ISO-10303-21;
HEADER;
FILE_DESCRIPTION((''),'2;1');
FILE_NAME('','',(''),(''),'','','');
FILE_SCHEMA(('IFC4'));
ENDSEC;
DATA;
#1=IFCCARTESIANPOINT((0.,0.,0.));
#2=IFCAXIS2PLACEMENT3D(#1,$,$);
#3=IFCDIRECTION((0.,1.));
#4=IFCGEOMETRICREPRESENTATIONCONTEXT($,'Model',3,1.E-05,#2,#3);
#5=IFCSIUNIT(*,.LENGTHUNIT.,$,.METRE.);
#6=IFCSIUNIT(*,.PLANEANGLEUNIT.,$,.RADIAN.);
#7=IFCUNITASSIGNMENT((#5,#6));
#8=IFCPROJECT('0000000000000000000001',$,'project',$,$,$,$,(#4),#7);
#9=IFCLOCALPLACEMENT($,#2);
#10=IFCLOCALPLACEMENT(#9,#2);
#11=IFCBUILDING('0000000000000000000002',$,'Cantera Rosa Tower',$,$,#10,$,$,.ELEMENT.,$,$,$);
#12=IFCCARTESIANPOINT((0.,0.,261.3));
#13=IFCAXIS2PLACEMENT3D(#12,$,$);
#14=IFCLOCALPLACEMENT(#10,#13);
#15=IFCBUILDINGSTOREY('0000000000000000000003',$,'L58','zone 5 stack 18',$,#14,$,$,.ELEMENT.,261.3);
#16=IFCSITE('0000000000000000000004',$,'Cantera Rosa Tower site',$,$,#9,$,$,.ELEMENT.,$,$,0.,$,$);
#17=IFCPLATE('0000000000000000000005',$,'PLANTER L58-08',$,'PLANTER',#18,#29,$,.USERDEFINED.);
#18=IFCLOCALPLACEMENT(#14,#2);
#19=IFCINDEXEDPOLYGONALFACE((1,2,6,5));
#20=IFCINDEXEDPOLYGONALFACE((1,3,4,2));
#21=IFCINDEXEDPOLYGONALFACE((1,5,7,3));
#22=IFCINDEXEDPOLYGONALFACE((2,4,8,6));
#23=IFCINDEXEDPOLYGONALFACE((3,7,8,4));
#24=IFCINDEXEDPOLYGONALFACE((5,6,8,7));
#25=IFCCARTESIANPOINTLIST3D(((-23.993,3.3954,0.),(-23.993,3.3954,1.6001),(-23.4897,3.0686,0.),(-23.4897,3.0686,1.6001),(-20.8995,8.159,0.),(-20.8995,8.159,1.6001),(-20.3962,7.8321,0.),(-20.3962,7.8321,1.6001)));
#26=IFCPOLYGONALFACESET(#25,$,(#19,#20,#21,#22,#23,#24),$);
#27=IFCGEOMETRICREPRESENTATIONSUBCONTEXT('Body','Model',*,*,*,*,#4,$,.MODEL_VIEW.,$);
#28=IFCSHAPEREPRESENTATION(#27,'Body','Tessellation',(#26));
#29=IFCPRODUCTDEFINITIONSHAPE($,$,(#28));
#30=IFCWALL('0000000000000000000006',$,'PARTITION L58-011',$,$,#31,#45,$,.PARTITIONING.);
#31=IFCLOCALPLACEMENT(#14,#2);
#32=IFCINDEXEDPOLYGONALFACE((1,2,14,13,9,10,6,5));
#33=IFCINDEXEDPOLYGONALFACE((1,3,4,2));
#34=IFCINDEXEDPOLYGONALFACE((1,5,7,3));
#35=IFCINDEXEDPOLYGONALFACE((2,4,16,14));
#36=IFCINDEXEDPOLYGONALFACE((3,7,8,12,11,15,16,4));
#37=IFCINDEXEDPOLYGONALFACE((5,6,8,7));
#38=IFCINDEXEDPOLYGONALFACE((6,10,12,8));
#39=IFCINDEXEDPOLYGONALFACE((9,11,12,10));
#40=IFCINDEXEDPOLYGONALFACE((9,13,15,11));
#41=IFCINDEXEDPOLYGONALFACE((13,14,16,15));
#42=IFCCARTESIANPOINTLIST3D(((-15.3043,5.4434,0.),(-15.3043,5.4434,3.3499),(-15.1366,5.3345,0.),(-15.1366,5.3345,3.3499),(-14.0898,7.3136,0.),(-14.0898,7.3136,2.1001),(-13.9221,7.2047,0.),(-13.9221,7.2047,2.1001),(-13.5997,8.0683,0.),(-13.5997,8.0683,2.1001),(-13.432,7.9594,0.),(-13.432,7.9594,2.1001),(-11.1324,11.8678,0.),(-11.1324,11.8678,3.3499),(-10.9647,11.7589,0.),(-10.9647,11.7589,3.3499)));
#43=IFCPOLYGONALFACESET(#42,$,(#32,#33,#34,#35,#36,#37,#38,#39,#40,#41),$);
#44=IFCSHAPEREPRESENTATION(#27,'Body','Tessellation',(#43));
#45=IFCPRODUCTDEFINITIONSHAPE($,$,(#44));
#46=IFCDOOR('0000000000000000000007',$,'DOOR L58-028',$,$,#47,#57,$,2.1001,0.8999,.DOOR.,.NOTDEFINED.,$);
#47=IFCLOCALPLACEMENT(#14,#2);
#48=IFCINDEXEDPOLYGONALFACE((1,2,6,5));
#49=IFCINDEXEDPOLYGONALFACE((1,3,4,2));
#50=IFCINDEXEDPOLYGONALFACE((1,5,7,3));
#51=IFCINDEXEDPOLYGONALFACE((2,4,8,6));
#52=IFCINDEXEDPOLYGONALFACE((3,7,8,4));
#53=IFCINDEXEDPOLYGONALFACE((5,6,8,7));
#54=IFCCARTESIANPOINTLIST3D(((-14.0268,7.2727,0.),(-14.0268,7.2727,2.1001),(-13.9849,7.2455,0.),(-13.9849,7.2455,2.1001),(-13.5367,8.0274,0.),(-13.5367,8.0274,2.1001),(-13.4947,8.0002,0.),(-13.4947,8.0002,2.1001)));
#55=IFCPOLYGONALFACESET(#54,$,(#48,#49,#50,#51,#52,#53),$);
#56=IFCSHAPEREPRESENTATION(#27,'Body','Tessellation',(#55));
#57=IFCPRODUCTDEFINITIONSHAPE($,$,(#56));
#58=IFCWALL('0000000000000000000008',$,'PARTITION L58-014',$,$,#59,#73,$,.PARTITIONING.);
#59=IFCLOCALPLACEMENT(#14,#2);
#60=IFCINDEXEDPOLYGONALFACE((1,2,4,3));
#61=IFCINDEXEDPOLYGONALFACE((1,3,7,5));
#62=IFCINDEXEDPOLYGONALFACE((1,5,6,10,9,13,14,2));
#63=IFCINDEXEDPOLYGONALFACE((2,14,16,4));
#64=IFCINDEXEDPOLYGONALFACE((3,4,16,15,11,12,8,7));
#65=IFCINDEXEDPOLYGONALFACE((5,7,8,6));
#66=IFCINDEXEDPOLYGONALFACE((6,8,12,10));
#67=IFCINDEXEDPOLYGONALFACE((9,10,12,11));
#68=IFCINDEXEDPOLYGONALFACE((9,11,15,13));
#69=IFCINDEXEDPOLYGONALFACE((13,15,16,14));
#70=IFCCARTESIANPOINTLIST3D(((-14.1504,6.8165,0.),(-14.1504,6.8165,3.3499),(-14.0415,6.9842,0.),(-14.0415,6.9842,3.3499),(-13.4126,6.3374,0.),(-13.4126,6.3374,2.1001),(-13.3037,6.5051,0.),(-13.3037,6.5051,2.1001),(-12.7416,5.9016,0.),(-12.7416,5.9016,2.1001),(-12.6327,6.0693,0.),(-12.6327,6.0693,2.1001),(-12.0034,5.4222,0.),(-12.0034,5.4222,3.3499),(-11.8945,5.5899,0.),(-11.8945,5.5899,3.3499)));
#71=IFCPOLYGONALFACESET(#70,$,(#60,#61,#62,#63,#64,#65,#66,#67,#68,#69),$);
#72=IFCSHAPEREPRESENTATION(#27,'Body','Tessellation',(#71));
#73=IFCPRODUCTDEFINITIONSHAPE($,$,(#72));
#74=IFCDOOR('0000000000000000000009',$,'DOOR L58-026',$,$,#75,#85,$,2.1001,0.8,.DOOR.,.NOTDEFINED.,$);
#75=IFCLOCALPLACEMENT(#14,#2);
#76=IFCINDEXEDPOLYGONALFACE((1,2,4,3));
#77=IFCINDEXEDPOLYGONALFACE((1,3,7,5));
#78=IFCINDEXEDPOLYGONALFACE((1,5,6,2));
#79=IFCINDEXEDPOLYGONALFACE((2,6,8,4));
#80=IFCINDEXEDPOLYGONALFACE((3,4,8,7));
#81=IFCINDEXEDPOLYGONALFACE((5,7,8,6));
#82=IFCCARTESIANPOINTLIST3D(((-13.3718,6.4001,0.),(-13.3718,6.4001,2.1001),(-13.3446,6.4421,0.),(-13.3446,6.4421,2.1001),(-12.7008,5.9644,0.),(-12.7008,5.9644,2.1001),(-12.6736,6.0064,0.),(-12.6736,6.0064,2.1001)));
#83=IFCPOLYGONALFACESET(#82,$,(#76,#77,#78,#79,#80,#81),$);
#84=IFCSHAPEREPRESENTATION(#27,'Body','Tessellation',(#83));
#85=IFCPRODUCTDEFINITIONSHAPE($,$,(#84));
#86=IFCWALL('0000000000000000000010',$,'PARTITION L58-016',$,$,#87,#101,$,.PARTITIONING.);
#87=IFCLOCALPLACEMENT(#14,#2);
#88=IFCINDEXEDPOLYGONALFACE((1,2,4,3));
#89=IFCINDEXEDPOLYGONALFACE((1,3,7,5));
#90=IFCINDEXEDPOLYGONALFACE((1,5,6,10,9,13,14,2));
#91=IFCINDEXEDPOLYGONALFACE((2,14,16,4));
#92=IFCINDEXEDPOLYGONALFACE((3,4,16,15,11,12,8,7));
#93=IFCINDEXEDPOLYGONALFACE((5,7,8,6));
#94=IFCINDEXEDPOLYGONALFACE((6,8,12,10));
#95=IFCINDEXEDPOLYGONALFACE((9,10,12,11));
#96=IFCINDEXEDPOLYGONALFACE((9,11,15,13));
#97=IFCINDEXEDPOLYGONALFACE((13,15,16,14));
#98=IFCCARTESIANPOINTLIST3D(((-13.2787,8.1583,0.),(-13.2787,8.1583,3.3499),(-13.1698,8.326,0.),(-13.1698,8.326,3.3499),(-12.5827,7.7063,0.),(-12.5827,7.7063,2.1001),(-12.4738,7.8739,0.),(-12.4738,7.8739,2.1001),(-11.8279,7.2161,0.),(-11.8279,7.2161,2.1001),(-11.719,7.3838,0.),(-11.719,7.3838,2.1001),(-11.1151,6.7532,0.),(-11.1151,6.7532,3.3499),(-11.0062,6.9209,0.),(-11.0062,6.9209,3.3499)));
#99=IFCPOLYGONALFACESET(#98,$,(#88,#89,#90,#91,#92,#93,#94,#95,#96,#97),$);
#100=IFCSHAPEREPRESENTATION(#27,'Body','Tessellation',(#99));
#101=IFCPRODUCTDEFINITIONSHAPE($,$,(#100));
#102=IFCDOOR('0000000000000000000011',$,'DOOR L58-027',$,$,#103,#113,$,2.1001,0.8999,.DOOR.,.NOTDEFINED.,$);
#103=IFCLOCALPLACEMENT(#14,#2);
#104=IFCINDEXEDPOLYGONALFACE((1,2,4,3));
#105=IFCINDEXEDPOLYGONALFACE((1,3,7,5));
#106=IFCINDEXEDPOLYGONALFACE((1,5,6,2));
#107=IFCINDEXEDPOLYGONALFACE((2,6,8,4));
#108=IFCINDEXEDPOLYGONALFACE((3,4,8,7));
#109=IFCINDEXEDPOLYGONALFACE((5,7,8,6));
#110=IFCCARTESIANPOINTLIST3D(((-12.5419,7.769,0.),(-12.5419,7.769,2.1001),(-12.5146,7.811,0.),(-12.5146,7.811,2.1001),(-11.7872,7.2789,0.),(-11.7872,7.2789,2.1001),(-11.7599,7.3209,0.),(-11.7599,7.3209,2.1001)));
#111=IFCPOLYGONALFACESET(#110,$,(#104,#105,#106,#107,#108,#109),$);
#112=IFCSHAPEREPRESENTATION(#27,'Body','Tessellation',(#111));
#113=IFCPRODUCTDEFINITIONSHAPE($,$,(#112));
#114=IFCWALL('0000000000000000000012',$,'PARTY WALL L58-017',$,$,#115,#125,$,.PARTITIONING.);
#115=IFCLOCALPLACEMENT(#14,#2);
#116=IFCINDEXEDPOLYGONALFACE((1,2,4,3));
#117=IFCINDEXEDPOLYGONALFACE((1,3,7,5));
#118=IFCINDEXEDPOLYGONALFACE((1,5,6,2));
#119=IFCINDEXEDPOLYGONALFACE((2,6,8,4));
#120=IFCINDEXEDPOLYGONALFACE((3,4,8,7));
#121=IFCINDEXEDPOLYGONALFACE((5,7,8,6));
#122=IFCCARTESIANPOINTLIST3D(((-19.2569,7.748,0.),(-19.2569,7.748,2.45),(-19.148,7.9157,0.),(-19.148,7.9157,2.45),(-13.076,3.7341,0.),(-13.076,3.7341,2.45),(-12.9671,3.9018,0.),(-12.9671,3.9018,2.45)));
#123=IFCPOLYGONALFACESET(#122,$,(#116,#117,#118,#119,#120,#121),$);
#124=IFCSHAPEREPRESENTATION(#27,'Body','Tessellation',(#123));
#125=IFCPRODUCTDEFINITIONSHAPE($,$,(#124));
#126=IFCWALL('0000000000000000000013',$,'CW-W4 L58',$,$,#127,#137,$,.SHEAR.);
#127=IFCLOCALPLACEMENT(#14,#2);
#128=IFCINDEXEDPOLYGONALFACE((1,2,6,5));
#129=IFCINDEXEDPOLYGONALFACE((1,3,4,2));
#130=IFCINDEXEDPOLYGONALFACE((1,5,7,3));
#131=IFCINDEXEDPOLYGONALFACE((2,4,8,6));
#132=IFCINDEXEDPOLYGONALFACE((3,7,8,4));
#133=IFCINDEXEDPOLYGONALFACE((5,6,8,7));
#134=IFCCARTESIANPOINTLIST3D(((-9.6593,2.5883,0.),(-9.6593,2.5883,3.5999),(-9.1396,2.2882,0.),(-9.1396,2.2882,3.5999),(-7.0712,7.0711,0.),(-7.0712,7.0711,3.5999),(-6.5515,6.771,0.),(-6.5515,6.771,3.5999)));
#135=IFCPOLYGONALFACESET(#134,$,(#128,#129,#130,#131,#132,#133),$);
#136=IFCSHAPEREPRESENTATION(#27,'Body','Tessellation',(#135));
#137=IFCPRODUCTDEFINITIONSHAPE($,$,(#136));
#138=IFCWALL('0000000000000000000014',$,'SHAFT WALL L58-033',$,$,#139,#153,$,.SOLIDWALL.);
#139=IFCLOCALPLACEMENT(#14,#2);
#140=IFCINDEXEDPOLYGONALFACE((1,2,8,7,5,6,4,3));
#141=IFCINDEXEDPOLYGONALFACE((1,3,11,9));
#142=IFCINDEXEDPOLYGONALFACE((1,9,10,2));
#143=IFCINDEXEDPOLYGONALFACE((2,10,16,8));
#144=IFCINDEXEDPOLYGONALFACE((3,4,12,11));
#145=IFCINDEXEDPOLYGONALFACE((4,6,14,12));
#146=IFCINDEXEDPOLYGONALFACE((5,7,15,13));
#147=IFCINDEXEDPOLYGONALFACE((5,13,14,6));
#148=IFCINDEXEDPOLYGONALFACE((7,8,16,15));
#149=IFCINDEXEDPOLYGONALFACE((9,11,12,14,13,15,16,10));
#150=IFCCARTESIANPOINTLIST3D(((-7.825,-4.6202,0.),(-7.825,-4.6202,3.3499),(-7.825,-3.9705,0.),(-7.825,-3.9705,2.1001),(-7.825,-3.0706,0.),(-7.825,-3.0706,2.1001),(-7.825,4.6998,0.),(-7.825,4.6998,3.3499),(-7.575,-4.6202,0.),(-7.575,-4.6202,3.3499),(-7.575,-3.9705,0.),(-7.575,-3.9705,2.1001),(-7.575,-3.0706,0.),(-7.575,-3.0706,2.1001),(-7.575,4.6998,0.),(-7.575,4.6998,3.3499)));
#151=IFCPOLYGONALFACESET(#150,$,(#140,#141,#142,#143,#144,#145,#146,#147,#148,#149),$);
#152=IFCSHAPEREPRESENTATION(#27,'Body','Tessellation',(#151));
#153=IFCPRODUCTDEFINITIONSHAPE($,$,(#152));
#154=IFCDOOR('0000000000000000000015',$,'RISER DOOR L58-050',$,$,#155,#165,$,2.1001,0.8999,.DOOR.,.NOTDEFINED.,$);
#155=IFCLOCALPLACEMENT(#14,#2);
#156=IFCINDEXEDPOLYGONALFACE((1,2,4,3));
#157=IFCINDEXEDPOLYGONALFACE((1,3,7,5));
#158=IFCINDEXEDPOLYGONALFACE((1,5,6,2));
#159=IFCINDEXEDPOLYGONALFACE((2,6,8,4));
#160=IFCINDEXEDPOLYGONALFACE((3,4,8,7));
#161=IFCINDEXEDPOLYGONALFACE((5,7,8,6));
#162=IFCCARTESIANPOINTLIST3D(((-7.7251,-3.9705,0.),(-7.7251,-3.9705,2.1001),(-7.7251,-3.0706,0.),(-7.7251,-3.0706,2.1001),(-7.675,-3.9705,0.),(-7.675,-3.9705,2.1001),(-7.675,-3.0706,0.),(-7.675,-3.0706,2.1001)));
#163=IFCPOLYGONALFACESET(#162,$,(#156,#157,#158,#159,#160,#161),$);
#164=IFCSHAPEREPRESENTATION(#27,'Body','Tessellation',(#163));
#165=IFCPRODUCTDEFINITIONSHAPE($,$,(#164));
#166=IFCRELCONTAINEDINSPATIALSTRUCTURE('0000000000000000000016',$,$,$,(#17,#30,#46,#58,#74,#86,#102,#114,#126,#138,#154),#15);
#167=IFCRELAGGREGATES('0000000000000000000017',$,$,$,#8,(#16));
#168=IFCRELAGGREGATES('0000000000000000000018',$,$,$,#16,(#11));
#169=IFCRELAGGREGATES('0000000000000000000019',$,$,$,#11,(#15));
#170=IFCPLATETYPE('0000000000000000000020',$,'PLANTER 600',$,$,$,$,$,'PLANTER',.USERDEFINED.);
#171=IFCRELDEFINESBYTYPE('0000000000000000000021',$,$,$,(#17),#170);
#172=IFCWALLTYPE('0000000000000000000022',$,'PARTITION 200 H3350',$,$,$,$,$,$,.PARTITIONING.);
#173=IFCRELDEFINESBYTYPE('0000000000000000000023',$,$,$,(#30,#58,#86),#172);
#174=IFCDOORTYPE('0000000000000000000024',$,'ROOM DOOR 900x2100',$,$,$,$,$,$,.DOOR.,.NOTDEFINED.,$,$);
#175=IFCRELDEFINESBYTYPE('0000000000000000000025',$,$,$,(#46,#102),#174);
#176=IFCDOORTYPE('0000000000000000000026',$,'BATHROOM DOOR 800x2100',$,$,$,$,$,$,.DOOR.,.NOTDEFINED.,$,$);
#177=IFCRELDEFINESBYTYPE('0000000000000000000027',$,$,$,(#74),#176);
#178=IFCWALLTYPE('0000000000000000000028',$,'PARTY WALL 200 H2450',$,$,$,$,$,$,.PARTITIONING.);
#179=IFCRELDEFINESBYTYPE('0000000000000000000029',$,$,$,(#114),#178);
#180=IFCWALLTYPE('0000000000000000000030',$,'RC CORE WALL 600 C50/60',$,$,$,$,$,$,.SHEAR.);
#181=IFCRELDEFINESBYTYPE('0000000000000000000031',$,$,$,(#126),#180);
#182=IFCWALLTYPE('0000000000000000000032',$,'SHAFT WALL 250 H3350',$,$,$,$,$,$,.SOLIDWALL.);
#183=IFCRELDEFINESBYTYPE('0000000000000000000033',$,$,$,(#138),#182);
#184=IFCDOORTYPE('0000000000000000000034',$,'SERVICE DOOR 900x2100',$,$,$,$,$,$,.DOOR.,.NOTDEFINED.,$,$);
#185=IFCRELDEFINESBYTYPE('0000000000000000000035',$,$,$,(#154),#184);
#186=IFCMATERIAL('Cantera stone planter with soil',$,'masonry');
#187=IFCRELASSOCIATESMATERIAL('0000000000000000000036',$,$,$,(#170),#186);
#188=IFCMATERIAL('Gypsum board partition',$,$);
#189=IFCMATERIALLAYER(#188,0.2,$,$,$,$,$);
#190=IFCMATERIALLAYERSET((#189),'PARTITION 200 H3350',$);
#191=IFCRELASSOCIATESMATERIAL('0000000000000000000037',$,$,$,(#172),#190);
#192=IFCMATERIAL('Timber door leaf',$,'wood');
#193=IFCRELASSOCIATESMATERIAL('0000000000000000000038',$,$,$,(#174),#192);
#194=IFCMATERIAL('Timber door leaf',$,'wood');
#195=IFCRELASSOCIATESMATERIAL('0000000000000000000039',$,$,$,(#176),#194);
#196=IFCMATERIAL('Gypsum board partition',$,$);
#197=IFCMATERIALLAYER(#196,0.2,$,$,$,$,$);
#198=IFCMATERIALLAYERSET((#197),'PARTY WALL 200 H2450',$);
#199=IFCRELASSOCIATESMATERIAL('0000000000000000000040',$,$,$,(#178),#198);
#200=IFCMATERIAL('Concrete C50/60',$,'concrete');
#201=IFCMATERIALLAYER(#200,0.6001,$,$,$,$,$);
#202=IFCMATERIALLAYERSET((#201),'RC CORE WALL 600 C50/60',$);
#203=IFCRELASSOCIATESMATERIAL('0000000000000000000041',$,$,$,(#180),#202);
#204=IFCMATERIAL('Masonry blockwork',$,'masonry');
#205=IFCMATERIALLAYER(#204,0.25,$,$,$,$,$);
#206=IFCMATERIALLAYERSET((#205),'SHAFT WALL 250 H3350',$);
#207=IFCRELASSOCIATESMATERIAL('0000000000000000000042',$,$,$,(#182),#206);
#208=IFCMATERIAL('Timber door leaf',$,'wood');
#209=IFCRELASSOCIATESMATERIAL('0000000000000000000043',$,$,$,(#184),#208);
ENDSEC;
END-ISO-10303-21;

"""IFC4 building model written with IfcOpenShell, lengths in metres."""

from ifc_helpers import new_model, si_unit, direction, frame, frame_2d, origin, origin_2d, place, context, subcontext, project, spatial, rectangle, extrude, material, layer, layer_set, type_object, element, fill, save


model = new_model("IFC4")

# Units and contexts
model_context = context("Model", 3, precision=1e-05, world=origin(), true_north=direction((0.0, 1.0)))
body_context = subcontext(model_context, "Body", "Model", "MODEL_VIEW")
ifc_project = project(units=[si_unit("LENGTHUNIT", "METRE"), si_unit("PLANEANGLEUNIT", "RADIAN")], contexts=[model_context])

# Site, building, storey
site_placement = place(None, origin())
site = spatial("IfcSite", under=ifc_project, at=site_placement, Name="Cantera Rosa Tower site", CompositionType="ELEMENT", RefElevation=0.0)
building_placement = place(site_placement, origin())
building = spatial("IfcBuilding", under=site, at=building_placement, Name="Cantera Rosa Tower", CompositionType="ELEMENT")
storey_placement = place(building_placement, frame((0.0, 0.0, 261.3)))
storey = spatial("IfcBuildingStorey", under=building, at=storey_placement, Name="L58", Description="zone 5 stack 18", CompositionType="ELEMENT", Elevation=261.3)

# Plate
ifc_material_1 = material(Name="Cantera stone planter with soil", Category="masonry")
plate_type = type_object("IfcPlateType", Name="PLANTER 600", ElementType="PLANTER", PredefinedType="USERDEFINED", material=ifc_material_1)
plate_placement = place(storey_placement, frame((-22.1946, 5.6138, 0.0), z_axis=(0.0, 0.0, 1.0), x_axis=(-0.544639, -0.838671, 0.0)))
element("IfcPlate", 1, at=plate_placement, inside=storey, type_object=plate_type, Name="PLANTER L58-08", ObjectType="PLANTER", PredefinedType="USERDEFINED", context=body_context, shape_type="SweptSolid", body=[
    extrude(rectangle(XDim=5.6799, YDim=0.6001, at=origin_2d()), origin(), (0.0, 0.0, 1.0), 1.6001),
])

# Walls, openings, doors
ifc_material_2 = material(Name="Gypsum board partition")
ifc_layer_1 = layer(ifc_material_2, 0.2)
ifc_layer_set_1 = layer_set([ifc_layer_1], Name="PARTITION 200 H3350")
wall_type_1 = type_object("IfcWallType", Name="PARTITION 200 H3350", PredefinedType="PARTITIONING", material=ifc_layer_set_1)
wall_1_placement = place(storey_placement, frame((-15.2205, 5.3889, 0.0), z_axis=(0.0, 0.0, 1.0), x_axis=(0.544628, 0.838678, 0.0)))
wall_1 = element("IfcWall", 2, at=wall_1_placement, inside=storey, type_object=wall_type_1, Name="PARTITION L58-011", PredefinedType="PARTITIONING", context=body_context, shape_type="SweptSolid", body=[
    extrude(rectangle(XDim=7.6602, YDim=0.2, at=frame_2d((3.8301, 0.0))), origin(), (0.0, 0.0, 1.0), 3.3499),
])
opening_1_placement = place(wall_1_placement, frame((2.23, 0.0, 0.0)))
opening_1 = element("IfcOpeningElement", 3, at=opening_1_placement, cuts=wall_1, PredefinedType="OPENING", context=body_context, shape_type="SweptSolid", body=[
    extrude(rectangle(XDim=0.8999, YDim=2.1001, at=frame_2d((0.45, 1.05))), frame((0.0, 0.1099, 0.0), z_axis=(0.0, -1.0, 0.0), x_axis=(1.0, 0.0, 0.0)), (0.0, 0.0, 1.0), 0.22),
])
ifc_material_3 = material(Name="Timber door leaf", Category="wood")
door_type_1 = type_object("IfcDoorType", Name="ROOM DOOR 900x2100", OperationType="NOTDEFINED", PredefinedType="DOOR", material=ifc_material_3)
door_1_placement = place(opening_1_placement, origin())
door_1 = element("IfcDoor", 4, at=door_1_placement, inside=storey, type_object=door_type_1, Name="DOOR L58-028", OperationType="NOTDEFINED", OverallHeight=2.1001, OverallWidth=0.8999, PredefinedType="DOOR", context=body_context, shape_type="SweptSolid", body=[
    extrude(rectangle(XDim=0.8999, YDim=2.1001, at=frame_2d((0.45, 1.05))), frame((0.0, 0.0249, 0.0), z_axis=(0.0, -1.0, 0.0), x_axis=(1.0, 0.0, 0.0)), (0.0, 0.0, 1.0), 0.05),
])
fill(opening_1, door_1)
wall_2_placement = place(storey_placement, frame((-14.0959, 6.9004, 0.0), z_axis=(0.0, 0.0, 1.0), x_axis=(0.838666, -0.544646, 0.0)))
wall_2 = element("IfcWall", 5, at=wall_2_placement, inside=storey, type_object=wall_type_1, Name="PARTITION L58-014", PredefinedType="PARTITIONING", context=body_context, shape_type="SweptSolid", body=[
    extrude(rectangle(XDim=2.5601, YDim=0.2, at=frame_2d((1.28, 0.0))), origin(), (0.0, 0.0, 1.0), 3.3499),
])
opening_2_placement = place(wall_2_placement, frame((0.8799, 0.0, 0.0)))
opening_2 = element("IfcOpeningElement", 6, at=opening_2_placement, cuts=wall_2, PredefinedType="OPENING", context=body_context, shape_type="SweptSolid", body=[
    extrude(rectangle(XDim=0.8, YDim=2.1001, at=frame_2d((0.3999, 1.05))), frame((0.0, 0.1099, 0.0), z_axis=(0.0, -1.0, 0.0), x_axis=(1.0, 0.0, 0.0)), (0.0, 0.0, 1.0), 0.22),
])
ifc_material_4 = material(Name="Timber door leaf", Category="wood")
door_type_2 = type_object("IfcDoorType", Name="BATHROOM DOOR 800x2100", OperationType="NOTDEFINED", PredefinedType="DOOR", material=ifc_material_4)
door_2_placement = place(opening_2_placement, origin())
door_2 = element("IfcDoor", 7, at=door_2_placement, inside=storey, type_object=door_type_2, Name="DOOR L58-026", OperationType="NOTDEFINED", OverallHeight=2.1001, OverallWidth=0.8, PredefinedType="DOOR", context=body_context, shape_type="SweptSolid", body=[
    extrude(rectangle(XDim=0.8, YDim=2.1001, at=frame_2d((0.3999, 1.05))), frame((0.0, 0.0249, 0.0), z_axis=(0.0, -1.0, 0.0), x_axis=(1.0, 0.0, 0.0)), (0.0, 0.0, 1.0), 0.05),
])
fill(opening_2, door_2)
wall_3_placement = place(storey_placement, frame((-13.2244, 8.2422, 0.0), z_axis=(0.0, 0.0, 1.0), x_axis=(0.838673, -0.544636, 0.0)))
wall_3 = element("IfcWall", 8, at=wall_3_placement, inside=storey, type_object=wall_type_1, Name="PARTITION L58-016", PredefinedType="PARTITIONING", context=body_context, shape_type="SweptSolid", body=[
    extrude(rectangle(XDim=2.5798, YDim=0.2, at=frame_2d((1.29, 0.0))), origin(), (0.0, 0.0, 1.0), 3.3499),
])
opening_3_placement = place(wall_3_placement, frame((0.8301, 0.0, 0.0)))
opening_3 = element("IfcOpeningElement", 9, at=opening_3_placement, cuts=wall_3, PredefinedType="OPENING", context=body_context, shape_type="SweptSolid", body=[
    extrude(rectangle(XDim=0.8999, YDim=2.1001, at=frame_2d((0.45, 1.05))), frame((0.0, 0.1099, 0.0), z_axis=(0.0, -1.0, 0.0), x_axis=(1.0, 0.0, 0.0)), (0.0, 0.0, 1.0), 0.22),
])
door_3_placement = place(opening_3_placement, origin())
door_3 = element("IfcDoor", 10, at=door_3_placement, inside=storey, type_object=door_type_1, Name="DOOR L58-027", OperationType="NOTDEFINED", OverallHeight=2.1001, OverallWidth=0.8999, PredefinedType="DOOR", context=body_context, shape_type="SweptSolid", body=[
    extrude(rectangle(XDim=0.8999, YDim=2.1001, at=frame_2d((0.45, 1.05))), frame((0.0, 0.0249, 0.0), z_axis=(0.0, -1.0, 0.0), x_axis=(1.0, 0.0, 0.0)), (0.0, 0.0, 1.0), 0.05),
])
fill(opening_3, door_3)

# Walls
ifc_material_5 = material(Name="Gypsum board partition")
ifc_layer_2 = layer(ifc_material_5, 0.2)
ifc_layer_set_2 = layer_set([ifc_layer_2], Name="PARTY WALL 200 H2450")
wall_type_2 = type_object("IfcWallType", Name="PARTY WALL 200 H2450", PredefinedType="PARTITIONING", material=ifc_layer_set_2)
wall_4_placement = place(storey_placement, frame((-13.0215, 3.8179, 0.0), z_axis=(0.0, 0.0, 1.0), x_axis=(-0.838671, 0.544638, 0.0)))
element("IfcWall", 11, at=wall_4_placement, inside=storey, type_object=wall_type_2, Name="PARTY WALL L58-017", PredefinedType="PARTITIONING", context=body_context, shape_type="SweptSolid", body=[
    extrude(rectangle(XDim=7.3699, YDim=0.2, at=frame_2d((3.6851, 0.0))), origin(), (0.0, 0.0, 1.0), 2.45),
])
ifc_material_6 = material(Name="Concrete C50/60", Category="concrete")
ifc_layer_3 = layer(ifc_material_6, 0.6001)
ifc_layer_set_3 = layer_set([ifc_layer_3], Name="RC CORE WALL 600 C50/60")
wall_type_3 = type_object("IfcWallType", Name="RC CORE WALL 600 C50/60", PredefinedType="SHEAR", material=ifc_layer_set_3)
wall_5_placement = place(storey_placement, frame((-9.3994, 2.4382, 0.0), z_axis=(0.0, 0.0, 1.0), x_axis=(0.499989, 0.866032, 0.0)))
element("IfcWall", 12, at=wall_5_placement, inside=storey, type_object=wall_type_3, Name="CW-W4 L58", PredefinedType="SHEAR", context=body_context, shape_type="SweptSolid", body=[
    extrude(rectangle(XDim=5.1763, YDim=0.6001, at=frame_2d((2.5881, 0.0))), origin(), (0.0, 0.0, 1.0), 3.5999),
])

# Wall, opening, door
ifc_material_7 = material(Name="Masonry blockwork", Category="masonry")
ifc_layer_4 = layer(ifc_material_7, 0.25)
ifc_layer_set_4 = layer_set([ifc_layer_4], Name="SHAFT WALL 250 H3350")
wall_type_4 = type_object("IfcWallType", Name="SHAFT WALL 250 H3350", PredefinedType="SOLIDWALL", material=ifc_layer_set_4)
wall_6_placement = place(storey_placement, frame((-7.7, 4.7, 0.0), z_axis=(0.0, 0.0, 1.0), x_axis=(0.0, -1.0, 0.0)))
wall_6 = element("IfcWall", 13, at=wall_6_placement, inside=storey, type_object=wall_type_4, Name="SHAFT WALL L58-033", PredefinedType="SOLIDWALL", context=body_context, shape_type="SweptSolid", body=[
    extrude(rectangle(XDim=9.3201, YDim=0.25, at=frame_2d((4.6602, 0.0))), origin(), (0.0, 0.0, 1.0), 3.3499),
])
opening_4_placement = place(wall_6_placement, frame((7.7705, 0.0, 0.0)))
opening_4 = element("IfcOpeningElement", 14, at=opening_4_placement, cuts=wall_6, PredefinedType="OPENING", context=body_context, shape_type="SweptSolid", body=[
    extrude(rectangle(XDim=0.8999, YDim=2.1001, at=frame_2d((0.45, 1.05))), frame((0.0, 0.135, 0.0), z_axis=(0.0, -1.0, 0.0), x_axis=(1.0, 0.0, 0.0)), (0.0, 0.0, 1.0), 0.27),
])
ifc_material_8 = material(Name="Timber door leaf", Category="wood")
door_type_3 = type_object("IfcDoorType", Name="SERVICE DOOR 900x2100", OperationType="NOTDEFINED", PredefinedType="DOOR", material=ifc_material_8)
door_4_placement = place(opening_4_placement, origin())
door_4 = element("IfcDoor", 15, at=door_4_placement, inside=storey, type_object=door_type_3, Name="RISER DOOR L58-050", OperationType="NOTDEFINED", OverallHeight=2.1001, OverallWidth=0.8999, PredefinedType="DOOR", context=body_context, shape_type="SweptSolid", body=[
    extrude(rectangle(XDim=0.8999, YDim=2.1001, at=frame_2d((0.45, 1.05))), frame((0.0, 0.0249, 0.0), z_axis=(0.0, -1.0, 0.0), x_axis=(1.0, 0.0, 0.0)), (0.0, 0.0, 1.0), 0.05),
])
fill(opening_4, door_4)

save(model, "model.ifc")
